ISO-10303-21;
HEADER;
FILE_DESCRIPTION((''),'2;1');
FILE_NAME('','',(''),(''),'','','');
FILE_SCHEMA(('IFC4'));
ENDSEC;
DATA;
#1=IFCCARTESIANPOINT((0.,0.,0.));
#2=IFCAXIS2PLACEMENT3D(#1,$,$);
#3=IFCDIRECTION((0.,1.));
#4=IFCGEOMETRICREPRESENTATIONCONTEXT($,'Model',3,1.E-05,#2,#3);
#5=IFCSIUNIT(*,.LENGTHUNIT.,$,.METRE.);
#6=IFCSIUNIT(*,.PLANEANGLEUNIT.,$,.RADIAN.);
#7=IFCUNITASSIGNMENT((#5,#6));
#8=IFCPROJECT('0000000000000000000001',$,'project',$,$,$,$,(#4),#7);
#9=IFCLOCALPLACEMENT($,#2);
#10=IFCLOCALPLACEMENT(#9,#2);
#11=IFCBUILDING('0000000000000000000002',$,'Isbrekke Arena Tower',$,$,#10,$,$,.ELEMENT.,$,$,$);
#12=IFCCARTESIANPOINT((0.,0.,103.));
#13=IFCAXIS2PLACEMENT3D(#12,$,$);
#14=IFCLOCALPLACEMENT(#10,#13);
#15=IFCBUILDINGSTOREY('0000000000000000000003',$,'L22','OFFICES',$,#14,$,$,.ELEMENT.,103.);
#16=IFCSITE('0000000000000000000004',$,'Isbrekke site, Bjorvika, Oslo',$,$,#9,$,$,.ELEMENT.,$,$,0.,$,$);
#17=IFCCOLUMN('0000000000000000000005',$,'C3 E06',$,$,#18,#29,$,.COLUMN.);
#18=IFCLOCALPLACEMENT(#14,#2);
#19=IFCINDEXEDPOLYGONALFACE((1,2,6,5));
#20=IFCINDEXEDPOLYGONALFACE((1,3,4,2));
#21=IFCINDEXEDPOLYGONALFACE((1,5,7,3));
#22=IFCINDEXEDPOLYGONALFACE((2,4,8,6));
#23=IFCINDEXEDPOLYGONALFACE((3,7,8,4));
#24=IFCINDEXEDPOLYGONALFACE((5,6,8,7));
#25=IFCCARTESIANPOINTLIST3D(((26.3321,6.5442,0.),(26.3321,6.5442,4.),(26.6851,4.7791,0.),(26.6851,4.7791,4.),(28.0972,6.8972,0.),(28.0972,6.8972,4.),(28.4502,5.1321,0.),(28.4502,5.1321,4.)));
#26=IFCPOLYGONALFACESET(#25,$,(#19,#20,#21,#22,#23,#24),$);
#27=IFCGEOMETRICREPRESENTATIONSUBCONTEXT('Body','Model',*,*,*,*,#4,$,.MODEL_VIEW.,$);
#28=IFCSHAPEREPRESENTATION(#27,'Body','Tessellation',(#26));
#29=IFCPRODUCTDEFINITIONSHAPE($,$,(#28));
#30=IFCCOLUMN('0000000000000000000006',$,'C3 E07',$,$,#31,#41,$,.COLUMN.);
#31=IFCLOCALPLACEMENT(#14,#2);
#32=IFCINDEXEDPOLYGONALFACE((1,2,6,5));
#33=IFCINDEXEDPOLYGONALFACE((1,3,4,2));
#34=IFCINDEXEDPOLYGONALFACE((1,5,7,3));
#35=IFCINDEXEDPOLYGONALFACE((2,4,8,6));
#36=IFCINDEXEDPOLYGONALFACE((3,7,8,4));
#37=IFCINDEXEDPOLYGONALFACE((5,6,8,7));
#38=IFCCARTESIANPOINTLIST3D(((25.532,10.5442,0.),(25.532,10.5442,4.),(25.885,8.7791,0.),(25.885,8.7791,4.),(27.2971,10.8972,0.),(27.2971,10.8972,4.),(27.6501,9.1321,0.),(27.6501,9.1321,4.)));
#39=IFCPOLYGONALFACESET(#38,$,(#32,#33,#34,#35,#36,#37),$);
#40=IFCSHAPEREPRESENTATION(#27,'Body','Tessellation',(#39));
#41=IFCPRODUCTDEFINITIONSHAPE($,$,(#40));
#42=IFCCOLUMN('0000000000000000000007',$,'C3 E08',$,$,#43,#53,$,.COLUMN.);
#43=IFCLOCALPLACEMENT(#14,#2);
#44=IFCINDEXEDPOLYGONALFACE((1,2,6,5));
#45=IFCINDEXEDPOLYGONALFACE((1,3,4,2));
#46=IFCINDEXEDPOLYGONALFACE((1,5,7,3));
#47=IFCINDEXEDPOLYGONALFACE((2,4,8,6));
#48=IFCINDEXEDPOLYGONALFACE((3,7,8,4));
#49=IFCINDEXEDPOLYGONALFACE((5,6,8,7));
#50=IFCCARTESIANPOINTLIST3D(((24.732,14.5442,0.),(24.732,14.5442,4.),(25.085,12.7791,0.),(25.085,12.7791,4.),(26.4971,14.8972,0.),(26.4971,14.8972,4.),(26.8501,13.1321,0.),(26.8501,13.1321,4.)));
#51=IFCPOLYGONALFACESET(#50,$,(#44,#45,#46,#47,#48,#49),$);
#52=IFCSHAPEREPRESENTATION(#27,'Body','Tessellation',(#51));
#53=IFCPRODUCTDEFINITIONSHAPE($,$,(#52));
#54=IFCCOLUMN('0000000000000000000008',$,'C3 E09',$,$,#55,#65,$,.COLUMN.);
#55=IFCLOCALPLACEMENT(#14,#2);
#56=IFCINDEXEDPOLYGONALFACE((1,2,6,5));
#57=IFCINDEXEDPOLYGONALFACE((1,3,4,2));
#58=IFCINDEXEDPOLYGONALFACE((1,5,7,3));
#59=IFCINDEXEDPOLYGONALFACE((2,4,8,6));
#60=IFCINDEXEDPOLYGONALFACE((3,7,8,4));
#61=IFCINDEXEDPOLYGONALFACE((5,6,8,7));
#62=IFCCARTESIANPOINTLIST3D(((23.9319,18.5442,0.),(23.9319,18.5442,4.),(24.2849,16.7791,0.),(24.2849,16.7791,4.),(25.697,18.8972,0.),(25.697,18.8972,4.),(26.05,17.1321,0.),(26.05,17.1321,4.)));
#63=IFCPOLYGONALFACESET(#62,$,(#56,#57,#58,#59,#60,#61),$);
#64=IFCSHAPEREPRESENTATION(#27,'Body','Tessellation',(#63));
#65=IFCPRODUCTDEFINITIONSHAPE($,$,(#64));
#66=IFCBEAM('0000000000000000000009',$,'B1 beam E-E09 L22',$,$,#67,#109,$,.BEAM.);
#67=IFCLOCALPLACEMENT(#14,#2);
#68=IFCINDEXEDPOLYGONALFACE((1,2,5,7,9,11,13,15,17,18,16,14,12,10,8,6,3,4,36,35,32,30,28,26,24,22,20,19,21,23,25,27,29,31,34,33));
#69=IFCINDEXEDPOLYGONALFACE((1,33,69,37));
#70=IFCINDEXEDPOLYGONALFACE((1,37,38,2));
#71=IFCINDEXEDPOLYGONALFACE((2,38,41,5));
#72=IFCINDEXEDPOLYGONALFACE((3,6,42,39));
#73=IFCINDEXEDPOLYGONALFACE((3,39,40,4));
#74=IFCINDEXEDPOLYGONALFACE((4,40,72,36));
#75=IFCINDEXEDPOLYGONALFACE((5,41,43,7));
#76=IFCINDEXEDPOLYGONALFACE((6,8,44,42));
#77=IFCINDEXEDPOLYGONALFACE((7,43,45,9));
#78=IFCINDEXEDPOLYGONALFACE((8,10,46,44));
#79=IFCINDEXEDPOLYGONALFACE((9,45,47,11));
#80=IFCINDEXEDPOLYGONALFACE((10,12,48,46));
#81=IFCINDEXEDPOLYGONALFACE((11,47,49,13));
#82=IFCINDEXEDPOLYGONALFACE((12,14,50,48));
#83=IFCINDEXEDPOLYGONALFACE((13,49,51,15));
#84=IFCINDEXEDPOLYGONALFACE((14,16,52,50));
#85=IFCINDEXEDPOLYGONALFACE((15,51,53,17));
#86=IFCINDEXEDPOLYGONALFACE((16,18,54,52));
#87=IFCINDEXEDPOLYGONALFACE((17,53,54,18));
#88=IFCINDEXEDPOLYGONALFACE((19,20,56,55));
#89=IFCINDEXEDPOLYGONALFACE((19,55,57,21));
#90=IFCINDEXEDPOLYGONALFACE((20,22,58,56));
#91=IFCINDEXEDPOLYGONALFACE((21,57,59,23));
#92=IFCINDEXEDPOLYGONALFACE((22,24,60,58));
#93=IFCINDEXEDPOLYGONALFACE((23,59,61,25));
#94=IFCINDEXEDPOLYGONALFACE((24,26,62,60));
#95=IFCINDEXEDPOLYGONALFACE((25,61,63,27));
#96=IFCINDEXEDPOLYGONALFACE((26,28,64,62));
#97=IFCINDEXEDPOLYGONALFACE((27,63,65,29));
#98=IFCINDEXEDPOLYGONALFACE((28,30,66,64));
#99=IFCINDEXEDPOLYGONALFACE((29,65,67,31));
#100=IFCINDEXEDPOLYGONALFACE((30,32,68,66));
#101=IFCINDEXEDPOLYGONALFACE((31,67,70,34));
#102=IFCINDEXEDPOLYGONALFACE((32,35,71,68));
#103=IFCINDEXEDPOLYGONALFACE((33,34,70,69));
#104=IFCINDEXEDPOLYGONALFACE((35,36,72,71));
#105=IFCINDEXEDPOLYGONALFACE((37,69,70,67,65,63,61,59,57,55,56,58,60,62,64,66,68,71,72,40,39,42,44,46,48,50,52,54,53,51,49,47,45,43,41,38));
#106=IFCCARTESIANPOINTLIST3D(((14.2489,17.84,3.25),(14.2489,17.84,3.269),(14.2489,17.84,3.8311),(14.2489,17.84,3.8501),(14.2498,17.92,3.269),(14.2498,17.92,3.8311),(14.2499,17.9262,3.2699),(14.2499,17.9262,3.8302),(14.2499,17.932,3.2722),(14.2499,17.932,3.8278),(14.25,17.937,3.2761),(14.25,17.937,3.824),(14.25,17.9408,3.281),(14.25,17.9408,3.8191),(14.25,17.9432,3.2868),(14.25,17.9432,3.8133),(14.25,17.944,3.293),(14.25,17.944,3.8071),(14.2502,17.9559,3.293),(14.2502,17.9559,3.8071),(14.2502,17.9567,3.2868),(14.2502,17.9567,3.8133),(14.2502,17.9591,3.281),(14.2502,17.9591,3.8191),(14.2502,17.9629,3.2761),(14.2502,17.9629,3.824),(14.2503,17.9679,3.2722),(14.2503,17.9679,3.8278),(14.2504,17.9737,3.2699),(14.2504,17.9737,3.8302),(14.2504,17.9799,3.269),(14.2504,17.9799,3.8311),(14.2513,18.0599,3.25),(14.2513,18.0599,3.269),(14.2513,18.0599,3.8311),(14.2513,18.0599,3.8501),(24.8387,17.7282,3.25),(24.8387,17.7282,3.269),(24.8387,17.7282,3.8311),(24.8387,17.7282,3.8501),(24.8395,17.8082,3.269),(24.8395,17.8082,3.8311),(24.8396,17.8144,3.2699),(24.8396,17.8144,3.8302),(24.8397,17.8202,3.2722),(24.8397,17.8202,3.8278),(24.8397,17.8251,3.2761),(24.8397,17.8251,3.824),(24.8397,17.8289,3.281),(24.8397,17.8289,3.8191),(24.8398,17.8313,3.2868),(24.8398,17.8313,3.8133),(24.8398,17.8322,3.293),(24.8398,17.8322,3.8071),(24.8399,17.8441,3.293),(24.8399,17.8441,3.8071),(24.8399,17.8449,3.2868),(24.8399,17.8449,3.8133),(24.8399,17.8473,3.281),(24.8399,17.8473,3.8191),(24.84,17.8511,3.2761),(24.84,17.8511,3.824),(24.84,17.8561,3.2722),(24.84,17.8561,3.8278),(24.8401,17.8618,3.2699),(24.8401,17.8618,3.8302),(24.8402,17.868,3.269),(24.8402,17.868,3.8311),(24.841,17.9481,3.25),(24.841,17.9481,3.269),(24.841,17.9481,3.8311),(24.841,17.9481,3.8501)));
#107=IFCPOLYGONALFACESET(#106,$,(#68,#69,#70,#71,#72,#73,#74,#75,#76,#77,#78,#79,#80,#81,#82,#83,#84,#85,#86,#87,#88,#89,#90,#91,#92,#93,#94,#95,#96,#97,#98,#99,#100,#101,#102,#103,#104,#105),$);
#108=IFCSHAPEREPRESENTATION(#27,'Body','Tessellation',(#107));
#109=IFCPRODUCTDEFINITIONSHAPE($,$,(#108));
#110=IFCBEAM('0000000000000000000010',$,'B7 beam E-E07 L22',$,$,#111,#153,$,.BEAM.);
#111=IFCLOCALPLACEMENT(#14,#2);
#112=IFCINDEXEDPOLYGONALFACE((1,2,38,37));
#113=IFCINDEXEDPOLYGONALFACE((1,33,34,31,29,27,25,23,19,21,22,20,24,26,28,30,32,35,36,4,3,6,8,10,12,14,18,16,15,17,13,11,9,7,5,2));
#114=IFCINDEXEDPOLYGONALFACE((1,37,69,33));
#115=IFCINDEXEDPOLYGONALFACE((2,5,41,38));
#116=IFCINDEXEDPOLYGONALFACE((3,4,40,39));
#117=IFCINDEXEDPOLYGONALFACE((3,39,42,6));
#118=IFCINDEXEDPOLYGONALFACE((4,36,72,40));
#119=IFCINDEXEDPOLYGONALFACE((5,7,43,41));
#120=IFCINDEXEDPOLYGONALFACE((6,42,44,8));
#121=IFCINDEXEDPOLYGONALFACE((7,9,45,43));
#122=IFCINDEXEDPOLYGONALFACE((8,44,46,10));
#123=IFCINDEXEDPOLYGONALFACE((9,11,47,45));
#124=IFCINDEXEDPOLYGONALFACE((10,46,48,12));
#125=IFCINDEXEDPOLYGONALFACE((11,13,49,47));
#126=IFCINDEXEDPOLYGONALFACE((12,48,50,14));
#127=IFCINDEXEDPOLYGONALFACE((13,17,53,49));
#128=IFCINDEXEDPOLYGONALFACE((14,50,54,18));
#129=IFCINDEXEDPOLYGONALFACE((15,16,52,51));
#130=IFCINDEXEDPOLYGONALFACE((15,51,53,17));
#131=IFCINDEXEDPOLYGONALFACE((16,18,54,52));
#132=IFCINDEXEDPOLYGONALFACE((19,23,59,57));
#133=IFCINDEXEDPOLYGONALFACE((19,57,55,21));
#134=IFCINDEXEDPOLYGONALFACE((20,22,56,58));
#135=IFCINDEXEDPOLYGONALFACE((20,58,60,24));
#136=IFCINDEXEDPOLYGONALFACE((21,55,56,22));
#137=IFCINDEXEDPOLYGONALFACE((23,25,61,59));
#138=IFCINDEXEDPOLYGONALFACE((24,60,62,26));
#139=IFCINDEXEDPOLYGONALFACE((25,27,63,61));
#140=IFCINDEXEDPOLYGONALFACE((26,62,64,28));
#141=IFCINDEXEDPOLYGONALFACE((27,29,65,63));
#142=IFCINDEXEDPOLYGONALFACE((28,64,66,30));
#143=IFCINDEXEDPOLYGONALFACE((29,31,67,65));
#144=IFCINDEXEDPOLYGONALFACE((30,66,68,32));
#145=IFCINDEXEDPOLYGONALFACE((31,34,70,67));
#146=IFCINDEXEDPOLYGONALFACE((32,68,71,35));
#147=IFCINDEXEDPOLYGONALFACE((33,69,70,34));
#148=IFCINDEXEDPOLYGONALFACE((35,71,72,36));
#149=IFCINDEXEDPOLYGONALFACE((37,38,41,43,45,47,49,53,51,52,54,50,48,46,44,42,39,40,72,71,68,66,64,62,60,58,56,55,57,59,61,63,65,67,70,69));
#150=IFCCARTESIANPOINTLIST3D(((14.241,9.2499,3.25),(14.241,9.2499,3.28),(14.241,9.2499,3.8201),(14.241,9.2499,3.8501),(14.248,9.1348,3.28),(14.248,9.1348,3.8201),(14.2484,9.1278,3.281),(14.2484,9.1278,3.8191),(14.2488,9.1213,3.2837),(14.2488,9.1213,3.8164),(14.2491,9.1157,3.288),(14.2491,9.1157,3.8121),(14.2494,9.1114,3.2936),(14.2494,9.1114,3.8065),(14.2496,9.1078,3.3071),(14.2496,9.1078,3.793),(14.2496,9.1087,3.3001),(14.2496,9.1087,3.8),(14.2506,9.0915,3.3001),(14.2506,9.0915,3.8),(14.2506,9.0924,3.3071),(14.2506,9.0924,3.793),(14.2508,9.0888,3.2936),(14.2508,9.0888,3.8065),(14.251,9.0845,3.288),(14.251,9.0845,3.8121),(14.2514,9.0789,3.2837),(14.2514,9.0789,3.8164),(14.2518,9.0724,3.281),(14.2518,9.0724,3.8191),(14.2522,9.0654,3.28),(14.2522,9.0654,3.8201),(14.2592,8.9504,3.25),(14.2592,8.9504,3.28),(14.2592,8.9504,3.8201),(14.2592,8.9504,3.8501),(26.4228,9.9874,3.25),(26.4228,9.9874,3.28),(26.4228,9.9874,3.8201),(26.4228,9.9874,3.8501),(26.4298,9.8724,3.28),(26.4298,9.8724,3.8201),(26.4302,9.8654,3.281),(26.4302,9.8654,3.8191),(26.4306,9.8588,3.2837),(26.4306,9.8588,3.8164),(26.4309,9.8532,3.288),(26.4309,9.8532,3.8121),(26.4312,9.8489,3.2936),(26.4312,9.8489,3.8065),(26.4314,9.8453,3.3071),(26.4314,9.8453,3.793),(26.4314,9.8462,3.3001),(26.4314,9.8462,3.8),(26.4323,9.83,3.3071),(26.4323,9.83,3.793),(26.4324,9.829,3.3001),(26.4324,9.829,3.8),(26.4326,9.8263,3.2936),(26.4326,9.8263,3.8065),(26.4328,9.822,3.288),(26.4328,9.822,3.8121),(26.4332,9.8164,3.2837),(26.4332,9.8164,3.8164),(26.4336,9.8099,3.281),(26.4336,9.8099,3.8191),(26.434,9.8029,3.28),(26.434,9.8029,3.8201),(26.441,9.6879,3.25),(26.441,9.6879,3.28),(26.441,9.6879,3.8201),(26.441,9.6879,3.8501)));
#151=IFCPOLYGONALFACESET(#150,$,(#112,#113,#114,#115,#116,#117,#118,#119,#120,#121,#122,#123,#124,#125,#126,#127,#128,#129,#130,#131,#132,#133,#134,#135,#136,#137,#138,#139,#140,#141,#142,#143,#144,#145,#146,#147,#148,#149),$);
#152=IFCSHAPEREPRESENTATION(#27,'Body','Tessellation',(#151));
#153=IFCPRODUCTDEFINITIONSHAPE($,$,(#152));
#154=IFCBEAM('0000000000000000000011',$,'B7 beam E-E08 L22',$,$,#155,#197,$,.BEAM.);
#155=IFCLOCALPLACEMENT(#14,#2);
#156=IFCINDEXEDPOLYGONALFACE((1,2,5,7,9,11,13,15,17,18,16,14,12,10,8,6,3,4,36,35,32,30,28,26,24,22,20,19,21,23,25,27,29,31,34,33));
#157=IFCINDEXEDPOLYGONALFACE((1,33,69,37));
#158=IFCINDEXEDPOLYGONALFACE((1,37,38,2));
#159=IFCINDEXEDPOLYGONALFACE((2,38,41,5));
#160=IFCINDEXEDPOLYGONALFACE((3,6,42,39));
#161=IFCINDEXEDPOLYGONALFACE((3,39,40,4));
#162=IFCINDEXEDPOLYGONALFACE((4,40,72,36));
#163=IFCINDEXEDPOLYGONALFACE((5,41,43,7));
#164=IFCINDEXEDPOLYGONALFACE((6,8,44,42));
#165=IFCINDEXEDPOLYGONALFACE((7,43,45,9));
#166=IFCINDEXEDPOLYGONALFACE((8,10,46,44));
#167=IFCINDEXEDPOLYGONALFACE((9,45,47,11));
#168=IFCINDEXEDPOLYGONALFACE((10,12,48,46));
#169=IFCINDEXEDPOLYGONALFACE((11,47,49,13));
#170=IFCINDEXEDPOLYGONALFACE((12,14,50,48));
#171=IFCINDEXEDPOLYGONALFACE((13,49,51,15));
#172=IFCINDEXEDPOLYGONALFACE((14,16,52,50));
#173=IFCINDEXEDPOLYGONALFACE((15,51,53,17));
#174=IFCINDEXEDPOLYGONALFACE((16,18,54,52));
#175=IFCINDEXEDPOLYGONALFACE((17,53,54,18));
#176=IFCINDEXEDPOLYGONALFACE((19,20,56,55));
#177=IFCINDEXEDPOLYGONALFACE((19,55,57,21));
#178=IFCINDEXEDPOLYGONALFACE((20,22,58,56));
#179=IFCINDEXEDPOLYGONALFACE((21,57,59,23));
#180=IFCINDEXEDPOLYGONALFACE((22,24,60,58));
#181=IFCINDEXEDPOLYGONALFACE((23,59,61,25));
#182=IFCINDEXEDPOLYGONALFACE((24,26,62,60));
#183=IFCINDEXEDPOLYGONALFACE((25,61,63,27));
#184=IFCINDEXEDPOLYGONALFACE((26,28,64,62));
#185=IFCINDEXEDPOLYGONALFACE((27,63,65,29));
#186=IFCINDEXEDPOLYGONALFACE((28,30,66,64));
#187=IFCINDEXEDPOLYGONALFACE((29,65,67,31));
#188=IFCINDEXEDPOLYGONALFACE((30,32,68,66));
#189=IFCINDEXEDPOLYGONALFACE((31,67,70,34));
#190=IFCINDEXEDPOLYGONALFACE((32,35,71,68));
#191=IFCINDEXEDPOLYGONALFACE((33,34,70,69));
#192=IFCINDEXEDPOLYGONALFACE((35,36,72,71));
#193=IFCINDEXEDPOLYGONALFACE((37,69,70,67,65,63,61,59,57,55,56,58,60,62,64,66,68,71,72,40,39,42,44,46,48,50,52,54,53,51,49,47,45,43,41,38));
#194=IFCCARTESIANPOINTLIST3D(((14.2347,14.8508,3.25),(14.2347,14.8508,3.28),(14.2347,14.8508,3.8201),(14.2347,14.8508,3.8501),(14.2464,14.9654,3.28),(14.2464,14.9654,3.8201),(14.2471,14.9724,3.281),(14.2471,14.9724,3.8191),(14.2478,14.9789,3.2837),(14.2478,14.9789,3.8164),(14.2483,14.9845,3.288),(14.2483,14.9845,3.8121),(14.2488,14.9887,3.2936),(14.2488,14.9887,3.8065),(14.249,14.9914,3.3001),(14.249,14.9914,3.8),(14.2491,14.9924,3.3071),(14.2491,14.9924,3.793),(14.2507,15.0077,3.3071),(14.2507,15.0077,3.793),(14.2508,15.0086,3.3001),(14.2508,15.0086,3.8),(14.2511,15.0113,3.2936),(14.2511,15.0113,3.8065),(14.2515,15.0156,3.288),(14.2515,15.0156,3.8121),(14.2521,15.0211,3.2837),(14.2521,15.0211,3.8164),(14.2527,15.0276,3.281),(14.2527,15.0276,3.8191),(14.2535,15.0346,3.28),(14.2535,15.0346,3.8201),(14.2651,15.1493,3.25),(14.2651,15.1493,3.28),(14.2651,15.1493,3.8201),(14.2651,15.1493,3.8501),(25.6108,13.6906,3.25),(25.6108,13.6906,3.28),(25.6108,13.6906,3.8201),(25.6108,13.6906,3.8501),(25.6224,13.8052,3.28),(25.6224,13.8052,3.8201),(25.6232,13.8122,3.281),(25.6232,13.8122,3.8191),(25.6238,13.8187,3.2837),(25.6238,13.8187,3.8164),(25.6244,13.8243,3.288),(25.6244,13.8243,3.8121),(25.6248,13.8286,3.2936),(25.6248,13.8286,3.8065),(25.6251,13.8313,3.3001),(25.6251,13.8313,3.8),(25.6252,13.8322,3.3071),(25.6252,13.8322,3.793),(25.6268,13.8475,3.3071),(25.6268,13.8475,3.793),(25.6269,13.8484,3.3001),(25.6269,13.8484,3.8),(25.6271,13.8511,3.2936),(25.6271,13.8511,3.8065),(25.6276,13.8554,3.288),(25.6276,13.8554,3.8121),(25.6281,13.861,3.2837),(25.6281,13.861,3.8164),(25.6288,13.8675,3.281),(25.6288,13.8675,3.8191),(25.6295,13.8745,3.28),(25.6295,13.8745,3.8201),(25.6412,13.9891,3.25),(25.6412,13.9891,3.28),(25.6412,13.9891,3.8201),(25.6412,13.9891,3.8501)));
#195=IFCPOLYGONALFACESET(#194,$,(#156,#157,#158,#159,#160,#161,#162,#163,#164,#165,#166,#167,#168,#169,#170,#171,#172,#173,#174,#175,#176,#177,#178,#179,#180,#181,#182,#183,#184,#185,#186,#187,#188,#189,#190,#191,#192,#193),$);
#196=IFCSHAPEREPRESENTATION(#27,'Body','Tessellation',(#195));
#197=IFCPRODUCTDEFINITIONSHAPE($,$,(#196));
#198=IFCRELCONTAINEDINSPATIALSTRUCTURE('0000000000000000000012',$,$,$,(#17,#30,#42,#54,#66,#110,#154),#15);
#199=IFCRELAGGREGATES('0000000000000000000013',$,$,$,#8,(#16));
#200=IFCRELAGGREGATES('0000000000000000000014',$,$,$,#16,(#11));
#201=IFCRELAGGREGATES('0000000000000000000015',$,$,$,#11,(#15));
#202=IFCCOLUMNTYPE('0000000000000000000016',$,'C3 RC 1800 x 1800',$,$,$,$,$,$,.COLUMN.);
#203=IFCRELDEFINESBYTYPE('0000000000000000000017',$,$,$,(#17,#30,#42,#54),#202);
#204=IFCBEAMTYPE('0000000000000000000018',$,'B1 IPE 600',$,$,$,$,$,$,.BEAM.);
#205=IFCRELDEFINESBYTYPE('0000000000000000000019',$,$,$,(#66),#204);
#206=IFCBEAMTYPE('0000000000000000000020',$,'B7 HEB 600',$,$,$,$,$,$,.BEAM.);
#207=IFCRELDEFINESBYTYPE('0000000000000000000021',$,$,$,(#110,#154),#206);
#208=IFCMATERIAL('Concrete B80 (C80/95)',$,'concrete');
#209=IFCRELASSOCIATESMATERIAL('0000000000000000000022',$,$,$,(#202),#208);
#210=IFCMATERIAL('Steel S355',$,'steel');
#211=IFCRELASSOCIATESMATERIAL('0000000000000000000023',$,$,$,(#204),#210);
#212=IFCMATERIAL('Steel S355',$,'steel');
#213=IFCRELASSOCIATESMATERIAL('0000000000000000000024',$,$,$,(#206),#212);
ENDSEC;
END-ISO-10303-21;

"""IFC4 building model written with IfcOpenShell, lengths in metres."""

from ifc_helpers import new_model, si_unit, direction, frame, origin, origin_2d, place, context, subcontext, project, spatial, rectangle, i_section, extrude, material, material_profile, profile_set, type_object, element, save


model = new_model("IFC4")

# Units and contexts
model_context = context("Model", 3, precision=1e-05, world=origin(), true_north=direction((0.0, 1.0)))
body_context = subcontext(model_context, "Body", "Model", "MODEL_VIEW")
ifc_project = project(units=[si_unit("LENGTHUNIT", "METRE"), si_unit("PLANEANGLEUNIT", "RADIAN")], contexts=[model_context])

# Site, building, storey
site_placement = place(None, origin())
site = spatial("IfcSite", under=ifc_project, at=site_placement, Name="Isbrekke site, Bjorvika, Oslo", CompositionType="ELEMENT", RefElevation=0.0)
building_placement = place(site_placement, origin())
building = spatial("IfcBuilding", under=site, at=building_placement, Name="Isbrekke Arena Tower", CompositionType="ELEMENT")
storey_placement = place(building_placement, frame((0.0, 0.0, 103.0)))
storey = spatial("IfcBuildingStorey", under=building, at=storey_placement, Name="L22", Description="OFFICES", CompositionType="ELEMENT", Elevation=103.0)

# Columns
ifc_material_1 = material(Name="Concrete B80 (C80/95)", Category="concrete")
ifc_material_profile_1 = material_profile(ifc_material_1, rectangle(XDim=1.8, YDim=1.8, at=origin_2d()), Name="RC 1800x1800")
ifc_profile_set_1 = profile_set([ifc_material_profile_1], Name="Concrete B80 (C80/95)")
column_type = type_object("IfcColumnType", Name="C3 RC 1800 x 1800", PredefinedType="COLUMN", material=ifc_profile_set_1)
for number, where, z_axis, x_axis, name in (
    (1, (27.3911, 5.8381, 0.0), (0.0, 0.0, 1.0), (-0.196116, 0.980581, 0.0), "C3 E06"),
    (2, (26.5911, 9.8381, 0.0), (0.0, 0.0, 1.0), (-0.196116, 0.980581, 0.0), "C3 E07"),
    (3, (25.791, 13.8381, 0.0), (0.0, 0.0, 1.0), (-0.196116, 0.980581, 0.0), "C3 E08"),
    (4, (24.991, 17.8381, 0.0), (0.0, 0.0, 1.0), (-0.196116, 0.980581, 0.0), "C3 E09"),
):
    element("IfcColumn", number, at=place(storey_placement, frame(where, z_axis=z_axis, x_axis=x_axis)), inside=storey, type_object=column_type, Name=name, PredefinedType="COLUMN", context=body_context, shape_type="SweptSolid", body=[
        extrude(rectangle(XDim=1.8, YDim=1.8, at=origin_2d()), origin(), (0.0, 0.0, 1.0), 4.0),
    ])

# Beams
ifc_material_2 = material(Name="Steel S355", Category="steel")
ifc_material_profile_2 = material_profile(ifc_material_2, i_section(OverallWidth=0.22, OverallDepth=0.6001, WebThickness=0.012, FlangeThickness=0.019, FilletRadius=0.0239, at=origin_2d()), Name="IPE 600")
ifc_profile_set_2 = profile_set([ifc_material_profile_2], Name="Steel S355")
beam_type_1 = type_object("IfcBeamType", Name="B1 IPE 600", PredefinedType="BEAM", material=ifc_profile_set_2)
beam_1_placement = place(storey_placement, frame((24.8398, 17.8381, 3.55), z_axis=(-0.999944, 0.010558, 0.0), x_axis=(-0.010558, -0.999944, 0.0)))
element("IfcBeam", 5, at=beam_1_placement, inside=storey, type_object=beam_type_1, Name="B1 beam E-E09 L22", PredefinedType="BEAM", context=body_context, shape_type="SweptSolid", body=[
    extrude(i_section(OverallWidth=0.22, OverallDepth=0.6001, WebThickness=0.012, FlangeThickness=0.019, FilletRadius=0.0239, at=origin_2d()), origin(), (0.0, 0.0, 1.0), 10.5903),
])
ifc_material_3 = material(Name="Steel S355", Category="steel")
ifc_material_profile_3 = material_profile(ifc_material_3, i_section(OverallWidth=0.3, OverallDepth=0.6001, WebThickness=0.0154, FlangeThickness=0.03, FilletRadius=0.0271, at=origin_2d()), Name="HEB 600")
ifc_profile_set_3 = profile_set([ifc_material_profile_3], Name="Steel S355")
beam_type_2 = type_object("IfcBeamType", Name="B7 HEB 600", PredefinedType="BEAM", material=ifc_profile_set_3)
beam_2_placement = place(storey_placement, frame((26.4319, 9.8376, 3.55), z_axis=(-0.998172, -0.060434, 0.0), x_axis=(0.060434, -0.998172, 0.0)))
element("IfcBeam", 6, at=beam_2_placement, inside=storey, type_object=beam_type_2, Name="B7 beam E-E07 L22", PredefinedType="BEAM", context=body_context, shape_type="SweptSolid", body=[
    extrude(i_section(OverallWidth=0.3, OverallDepth=0.6001, WebThickness=0.0154, FlangeThickness=0.03, FilletRadius=0.0271, at=origin_2d()), origin(), (0.0, 0.0, 1.0), 12.2041),
])
beam_3_placement = place(storey_placement, frame((25.626, 13.8398, 3.55), z_axis=(-0.99484, 0.101457, 0.0), x_axis=(-0.101457, -0.99484, 0.0)))
element("IfcBeam", 7, at=beam_3_placement, inside=storey, type_object=beam_type_2, Name="B7 beam E-E08 L22", PredefinedType="BEAM", context=body_context, shape_type="SweptSolid", body=[
    extrude(i_section(OverallWidth=0.3, OverallDepth=0.6001, WebThickness=0.0154, FlangeThickness=0.03, FilletRadius=0.0271, at=origin_2d()), origin(), (0.0, 0.0, 1.0), 11.4351),
])

save(model, "model.ifc")
